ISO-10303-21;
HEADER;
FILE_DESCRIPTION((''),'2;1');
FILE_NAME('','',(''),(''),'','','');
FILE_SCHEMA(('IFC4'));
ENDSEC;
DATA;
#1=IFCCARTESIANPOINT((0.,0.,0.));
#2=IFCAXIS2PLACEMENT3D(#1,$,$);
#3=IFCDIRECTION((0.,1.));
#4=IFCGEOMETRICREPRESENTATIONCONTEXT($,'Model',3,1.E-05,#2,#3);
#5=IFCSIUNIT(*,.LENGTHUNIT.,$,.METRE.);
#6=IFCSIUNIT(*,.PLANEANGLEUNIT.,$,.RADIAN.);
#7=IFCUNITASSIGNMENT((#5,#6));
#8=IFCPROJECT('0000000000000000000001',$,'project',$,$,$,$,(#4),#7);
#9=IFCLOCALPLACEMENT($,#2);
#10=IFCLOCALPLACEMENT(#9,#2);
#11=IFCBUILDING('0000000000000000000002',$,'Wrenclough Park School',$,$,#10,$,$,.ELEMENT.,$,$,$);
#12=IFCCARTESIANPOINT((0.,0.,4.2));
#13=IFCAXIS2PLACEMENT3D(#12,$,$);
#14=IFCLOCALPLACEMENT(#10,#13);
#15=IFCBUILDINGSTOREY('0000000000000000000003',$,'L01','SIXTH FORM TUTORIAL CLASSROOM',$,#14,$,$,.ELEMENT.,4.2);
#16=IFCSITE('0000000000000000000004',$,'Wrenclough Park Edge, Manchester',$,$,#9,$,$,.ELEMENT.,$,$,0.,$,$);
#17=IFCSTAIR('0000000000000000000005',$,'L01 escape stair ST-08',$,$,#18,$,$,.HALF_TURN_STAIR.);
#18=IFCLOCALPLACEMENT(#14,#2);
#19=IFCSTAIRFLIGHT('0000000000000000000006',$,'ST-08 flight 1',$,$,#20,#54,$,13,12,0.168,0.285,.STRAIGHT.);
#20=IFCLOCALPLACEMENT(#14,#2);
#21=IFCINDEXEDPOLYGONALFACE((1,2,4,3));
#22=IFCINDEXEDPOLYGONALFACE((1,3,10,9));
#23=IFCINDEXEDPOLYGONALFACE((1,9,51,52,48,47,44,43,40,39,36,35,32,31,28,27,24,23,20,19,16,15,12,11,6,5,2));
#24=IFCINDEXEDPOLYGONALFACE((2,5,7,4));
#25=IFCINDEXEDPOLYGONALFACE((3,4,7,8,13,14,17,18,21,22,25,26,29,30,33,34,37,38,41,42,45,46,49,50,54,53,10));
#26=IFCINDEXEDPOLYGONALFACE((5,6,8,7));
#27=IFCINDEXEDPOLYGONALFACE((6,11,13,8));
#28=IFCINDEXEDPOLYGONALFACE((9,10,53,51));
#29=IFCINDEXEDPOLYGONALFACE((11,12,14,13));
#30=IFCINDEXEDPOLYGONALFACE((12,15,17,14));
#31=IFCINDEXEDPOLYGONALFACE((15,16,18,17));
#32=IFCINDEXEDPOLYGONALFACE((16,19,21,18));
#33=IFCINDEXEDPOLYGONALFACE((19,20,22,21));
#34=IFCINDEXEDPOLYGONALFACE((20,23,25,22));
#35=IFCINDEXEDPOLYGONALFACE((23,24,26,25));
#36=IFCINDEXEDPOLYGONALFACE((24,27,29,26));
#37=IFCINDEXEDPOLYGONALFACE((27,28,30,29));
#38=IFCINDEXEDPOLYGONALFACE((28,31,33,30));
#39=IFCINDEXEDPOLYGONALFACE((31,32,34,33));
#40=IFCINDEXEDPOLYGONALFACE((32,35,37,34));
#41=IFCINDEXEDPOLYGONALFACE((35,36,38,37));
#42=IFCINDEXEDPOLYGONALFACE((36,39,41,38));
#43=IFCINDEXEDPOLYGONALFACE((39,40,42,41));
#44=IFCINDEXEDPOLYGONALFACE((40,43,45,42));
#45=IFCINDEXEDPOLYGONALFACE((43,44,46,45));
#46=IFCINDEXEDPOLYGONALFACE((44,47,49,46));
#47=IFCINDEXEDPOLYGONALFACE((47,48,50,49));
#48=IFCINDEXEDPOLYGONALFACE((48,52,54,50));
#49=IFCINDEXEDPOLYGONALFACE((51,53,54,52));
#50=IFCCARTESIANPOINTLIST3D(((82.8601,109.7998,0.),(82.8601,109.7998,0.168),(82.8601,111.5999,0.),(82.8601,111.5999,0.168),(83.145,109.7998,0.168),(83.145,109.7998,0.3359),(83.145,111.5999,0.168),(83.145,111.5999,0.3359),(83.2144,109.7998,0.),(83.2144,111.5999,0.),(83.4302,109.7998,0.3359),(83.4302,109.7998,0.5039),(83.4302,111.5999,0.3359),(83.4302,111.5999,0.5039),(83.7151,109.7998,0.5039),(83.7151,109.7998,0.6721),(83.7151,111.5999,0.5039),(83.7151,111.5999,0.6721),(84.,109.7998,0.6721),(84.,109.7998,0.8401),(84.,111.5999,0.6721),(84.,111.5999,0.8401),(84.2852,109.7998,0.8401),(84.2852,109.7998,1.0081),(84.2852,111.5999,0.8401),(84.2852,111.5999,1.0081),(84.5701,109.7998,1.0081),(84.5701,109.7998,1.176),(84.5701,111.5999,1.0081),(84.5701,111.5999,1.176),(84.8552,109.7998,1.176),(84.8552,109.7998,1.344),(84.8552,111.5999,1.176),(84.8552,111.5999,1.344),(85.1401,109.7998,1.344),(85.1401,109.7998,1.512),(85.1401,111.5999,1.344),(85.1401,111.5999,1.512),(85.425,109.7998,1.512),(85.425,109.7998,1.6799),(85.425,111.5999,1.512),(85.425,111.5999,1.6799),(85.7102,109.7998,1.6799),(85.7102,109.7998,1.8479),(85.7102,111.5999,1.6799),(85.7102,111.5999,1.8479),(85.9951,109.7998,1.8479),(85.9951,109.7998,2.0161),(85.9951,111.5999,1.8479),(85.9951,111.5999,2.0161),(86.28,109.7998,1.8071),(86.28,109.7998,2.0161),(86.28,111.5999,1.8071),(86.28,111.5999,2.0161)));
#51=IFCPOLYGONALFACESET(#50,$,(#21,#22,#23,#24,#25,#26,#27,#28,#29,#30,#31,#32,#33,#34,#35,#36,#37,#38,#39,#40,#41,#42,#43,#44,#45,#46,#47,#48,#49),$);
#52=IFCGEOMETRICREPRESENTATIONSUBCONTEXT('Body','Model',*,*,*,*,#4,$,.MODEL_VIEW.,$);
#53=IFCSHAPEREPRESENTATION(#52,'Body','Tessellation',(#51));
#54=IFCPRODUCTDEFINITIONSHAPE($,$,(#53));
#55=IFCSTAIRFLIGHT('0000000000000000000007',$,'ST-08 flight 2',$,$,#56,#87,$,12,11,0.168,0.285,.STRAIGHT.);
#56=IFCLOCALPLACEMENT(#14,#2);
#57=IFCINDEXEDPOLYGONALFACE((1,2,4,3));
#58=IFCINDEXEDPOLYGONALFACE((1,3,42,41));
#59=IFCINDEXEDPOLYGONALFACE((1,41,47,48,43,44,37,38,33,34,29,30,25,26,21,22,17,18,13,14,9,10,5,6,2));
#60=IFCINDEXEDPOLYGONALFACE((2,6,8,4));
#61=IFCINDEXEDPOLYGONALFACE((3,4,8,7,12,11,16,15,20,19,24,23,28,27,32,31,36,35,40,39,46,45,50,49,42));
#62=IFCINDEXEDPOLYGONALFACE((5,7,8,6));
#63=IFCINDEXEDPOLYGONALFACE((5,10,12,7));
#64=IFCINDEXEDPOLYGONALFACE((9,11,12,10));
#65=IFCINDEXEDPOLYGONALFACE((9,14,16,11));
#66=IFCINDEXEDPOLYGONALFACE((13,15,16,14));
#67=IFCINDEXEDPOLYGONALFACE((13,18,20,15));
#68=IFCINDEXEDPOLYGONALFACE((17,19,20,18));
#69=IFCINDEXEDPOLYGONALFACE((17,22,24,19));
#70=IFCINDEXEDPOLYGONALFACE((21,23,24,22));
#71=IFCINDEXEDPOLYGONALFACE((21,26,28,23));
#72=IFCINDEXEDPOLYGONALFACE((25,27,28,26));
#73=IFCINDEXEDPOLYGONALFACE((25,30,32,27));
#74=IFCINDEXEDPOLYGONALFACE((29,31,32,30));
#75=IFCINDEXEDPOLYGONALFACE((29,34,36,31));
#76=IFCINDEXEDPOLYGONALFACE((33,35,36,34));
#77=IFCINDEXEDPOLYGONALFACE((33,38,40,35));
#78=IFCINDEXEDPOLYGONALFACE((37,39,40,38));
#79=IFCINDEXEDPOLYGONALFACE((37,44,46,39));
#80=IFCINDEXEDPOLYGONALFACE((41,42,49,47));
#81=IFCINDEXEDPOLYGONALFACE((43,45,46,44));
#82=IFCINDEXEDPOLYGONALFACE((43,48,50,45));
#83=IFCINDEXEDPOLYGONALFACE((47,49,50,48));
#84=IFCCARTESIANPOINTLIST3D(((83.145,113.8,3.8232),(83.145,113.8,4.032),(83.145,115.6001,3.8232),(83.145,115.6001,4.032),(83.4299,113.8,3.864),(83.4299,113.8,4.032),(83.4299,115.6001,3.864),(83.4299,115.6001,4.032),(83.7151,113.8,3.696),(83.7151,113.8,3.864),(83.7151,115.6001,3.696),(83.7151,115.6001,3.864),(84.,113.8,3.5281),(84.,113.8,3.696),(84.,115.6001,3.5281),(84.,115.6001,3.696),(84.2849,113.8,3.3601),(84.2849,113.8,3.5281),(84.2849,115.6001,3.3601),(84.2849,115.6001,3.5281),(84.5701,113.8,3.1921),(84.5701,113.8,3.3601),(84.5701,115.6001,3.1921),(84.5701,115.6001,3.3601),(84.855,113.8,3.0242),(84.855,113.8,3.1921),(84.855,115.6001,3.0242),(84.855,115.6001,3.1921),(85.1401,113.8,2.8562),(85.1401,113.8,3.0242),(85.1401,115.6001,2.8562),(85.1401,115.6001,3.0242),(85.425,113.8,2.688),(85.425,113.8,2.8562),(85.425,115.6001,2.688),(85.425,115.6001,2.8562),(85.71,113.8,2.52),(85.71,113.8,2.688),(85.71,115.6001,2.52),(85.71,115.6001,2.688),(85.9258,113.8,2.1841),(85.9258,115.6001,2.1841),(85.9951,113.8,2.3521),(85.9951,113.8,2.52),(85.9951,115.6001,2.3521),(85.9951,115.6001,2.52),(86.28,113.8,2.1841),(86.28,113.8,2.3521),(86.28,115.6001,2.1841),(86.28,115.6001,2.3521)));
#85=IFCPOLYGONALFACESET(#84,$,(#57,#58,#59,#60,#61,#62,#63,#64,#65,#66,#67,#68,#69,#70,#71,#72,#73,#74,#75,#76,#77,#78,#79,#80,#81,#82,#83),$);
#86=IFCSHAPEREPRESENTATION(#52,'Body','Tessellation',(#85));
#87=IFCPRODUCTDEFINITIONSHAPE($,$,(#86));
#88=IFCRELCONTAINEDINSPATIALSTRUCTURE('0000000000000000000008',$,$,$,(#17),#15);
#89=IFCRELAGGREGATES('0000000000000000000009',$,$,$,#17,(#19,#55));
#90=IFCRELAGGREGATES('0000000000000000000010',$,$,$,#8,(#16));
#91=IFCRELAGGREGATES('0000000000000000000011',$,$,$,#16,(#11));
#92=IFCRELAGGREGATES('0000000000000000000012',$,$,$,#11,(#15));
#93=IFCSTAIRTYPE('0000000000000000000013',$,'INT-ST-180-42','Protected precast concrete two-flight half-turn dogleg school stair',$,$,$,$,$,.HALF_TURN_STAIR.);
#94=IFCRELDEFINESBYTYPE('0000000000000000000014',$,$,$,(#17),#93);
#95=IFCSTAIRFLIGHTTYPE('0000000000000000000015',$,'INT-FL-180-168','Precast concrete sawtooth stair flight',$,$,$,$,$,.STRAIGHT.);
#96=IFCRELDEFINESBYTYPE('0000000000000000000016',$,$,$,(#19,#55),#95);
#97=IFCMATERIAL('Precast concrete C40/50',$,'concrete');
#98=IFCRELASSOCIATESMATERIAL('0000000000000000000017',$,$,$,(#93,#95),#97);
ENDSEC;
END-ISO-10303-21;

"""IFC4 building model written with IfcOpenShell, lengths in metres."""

from ifc_helpers import new_model, si_unit, direction, frame, origin, place, context, subcontext, project, spatial, polyline, outline, extrude, material, type_object, element, aggregate, save


model = new_model("IFC4")

# Units and contexts
model_context = context("Model", 3, precision=1e-05, world=origin(), true_north=direction((0.0, 1.0)))
body_context = subcontext(model_context, "Body", "Model", "MODEL_VIEW")
ifc_project = project(units=[si_unit("LENGTHUNIT", "METRE"), si_unit("PLANEANGLEUNIT", "RADIAN")], contexts=[model_context])

# Site, building, storey
site_placement = place(None, origin())
site = spatial("IfcSite", under=ifc_project, at=site_placement, Name="Wrenclough Park Edge, Manchester", CompositionType="ELEMENT", RefElevation=0.0)
building_placement = place(site_placement, origin())
building = spatial("IfcBuilding", under=site, at=building_placement, Name="Wrenclough Park School", CompositionType="ELEMENT")
storey_placement = place(building_placement, frame((0.0, 0.0, 4.2)))
storey = spatial("IfcBuildingStorey", under=building, at=storey_placement, Name="L01", Description="SIXTH FORM TUTORIAL CLASSROOM", CompositionType="ELEMENT", Elevation=4.2)

# Stair, stair flights
ifc_material_1 = material(Name="Precast concrete C40/50", Category="concrete")
stair_type = type_object("IfcStairType", Name="INT-ST-180-42", Description="Protected precast concrete two-flight half-turn dogleg school stair", PredefinedType="HALF_TURN_STAIR", material=ifc_material_1)
stair_placement = place(storey_placement, origin())
stair = element("IfcStair", 1, at=stair_placement, inside=storey, type_object=stair_type, Name="L01 escape stair ST-08", PredefinedType="HALF_TURN_STAIR")
stair_flight_type = type_object("IfcStairFlightType", Name="INT-FL-180-168", Description="Precast concrete sawtooth stair flight", PredefinedType="STRAIGHT", material=ifc_material_1)
stair_flight_1_placement = place(storey_placement, frame((82.8601, 110.7, 0.0), z_axis=(0.0, 0.0, 1.0), x_axis=(1.0, 0.0, 0.0)))
stair_flight_1 = element("IfcStairFlight", 2, at=stair_flight_1_placement, type_object=stair_flight_type, Name="ST-08 flight 1", NumberOfRisers=13, NumberOfTreads=12, PredefinedType="STRAIGHT", RiserHeight=0.168, TreadLength=0.285, context=body_context, shape_type="SweptSolid", body=[
    extrude(outline(polyline([(0.0, 0.0), (0.0, 0.168), (0.2849, 0.168), (0.2849, 0.3359), (0.5701, 0.3359), (0.5701, 0.5039), (0.855, 0.5039), (0.855, 0.6721), (1.1399, 0.6721), (1.1399, 0.8401), (1.425, 0.8401), (1.425, 1.0081), (1.71, 1.0081), (1.71, 1.176), (1.9951, 1.176), (1.9951, 1.344), (2.28, 1.344), (2.28, 1.512), (2.5649, 1.512), (2.5649, 1.6799), (2.8501, 1.6799), (2.8501, 1.8479), (3.135, 1.8479), (3.135, 2.0161), (3.4199, 2.0161), (3.4199, 2.1841), (3.4199, 1.8071), (0.3542, 0.0), (0.0, 0.0)])), frame((0.0, 0.8999, 0.0), z_axis=(0.0, -1.0, 0.0), x_axis=(1.0, 0.0, 0.0)), (0.0, 0.0, 1.0), 1.8),
])
stair_flight_2_placement = place(storey_placement, frame((86.28, 114.7, 2.1841), z_axis=(0.0, 0.0, 1.0), x_axis=(-1.0, 0.0, 0.0)))
stair_flight_2 = element("IfcStairFlight", 3, at=stair_flight_2_placement, type_object=stair_flight_type, Name="ST-08 flight 2", NumberOfRisers=12, NumberOfTreads=11, PredefinedType="STRAIGHT", RiserHeight=0.168, TreadLength=0.285, context=body_context, shape_type="SweptSolid", body=[
    extrude(outline(polyline([(0.0, 0.0), (0.0, 0.168), (0.2849, 0.168), (0.2849, 0.3359), (0.5701, 0.3359), (0.5701, 0.5039), (0.855, 0.5039), (0.855, 0.6721), (1.1399, 0.6721), (1.1399, 0.8401), (1.425, 0.8401), (1.425, 1.0081), (1.71, 1.0081), (1.71, 1.176), (1.9951, 1.176), (1.9951, 1.344), (2.28, 1.344), (2.28, 1.512), (2.5649, 1.512), (2.5649, 1.6799), (2.8501, 1.6799), (2.8501, 1.8479), (3.135, 1.8479), (3.135, 2.0161), (3.135, 1.6392), (0.3542, 0.0), (0.0, 0.0)])), frame((0.0, 0.8999, 0.0), z_axis=(0.0, -1.0, 0.0), x_axis=(1.0, 0.0, 0.0)), (0.0, 0.0, 1.0), 1.8),
])
aggregate(stair, [stair_flight_1, stair_flight_2])

save(model, "model.ifc")
